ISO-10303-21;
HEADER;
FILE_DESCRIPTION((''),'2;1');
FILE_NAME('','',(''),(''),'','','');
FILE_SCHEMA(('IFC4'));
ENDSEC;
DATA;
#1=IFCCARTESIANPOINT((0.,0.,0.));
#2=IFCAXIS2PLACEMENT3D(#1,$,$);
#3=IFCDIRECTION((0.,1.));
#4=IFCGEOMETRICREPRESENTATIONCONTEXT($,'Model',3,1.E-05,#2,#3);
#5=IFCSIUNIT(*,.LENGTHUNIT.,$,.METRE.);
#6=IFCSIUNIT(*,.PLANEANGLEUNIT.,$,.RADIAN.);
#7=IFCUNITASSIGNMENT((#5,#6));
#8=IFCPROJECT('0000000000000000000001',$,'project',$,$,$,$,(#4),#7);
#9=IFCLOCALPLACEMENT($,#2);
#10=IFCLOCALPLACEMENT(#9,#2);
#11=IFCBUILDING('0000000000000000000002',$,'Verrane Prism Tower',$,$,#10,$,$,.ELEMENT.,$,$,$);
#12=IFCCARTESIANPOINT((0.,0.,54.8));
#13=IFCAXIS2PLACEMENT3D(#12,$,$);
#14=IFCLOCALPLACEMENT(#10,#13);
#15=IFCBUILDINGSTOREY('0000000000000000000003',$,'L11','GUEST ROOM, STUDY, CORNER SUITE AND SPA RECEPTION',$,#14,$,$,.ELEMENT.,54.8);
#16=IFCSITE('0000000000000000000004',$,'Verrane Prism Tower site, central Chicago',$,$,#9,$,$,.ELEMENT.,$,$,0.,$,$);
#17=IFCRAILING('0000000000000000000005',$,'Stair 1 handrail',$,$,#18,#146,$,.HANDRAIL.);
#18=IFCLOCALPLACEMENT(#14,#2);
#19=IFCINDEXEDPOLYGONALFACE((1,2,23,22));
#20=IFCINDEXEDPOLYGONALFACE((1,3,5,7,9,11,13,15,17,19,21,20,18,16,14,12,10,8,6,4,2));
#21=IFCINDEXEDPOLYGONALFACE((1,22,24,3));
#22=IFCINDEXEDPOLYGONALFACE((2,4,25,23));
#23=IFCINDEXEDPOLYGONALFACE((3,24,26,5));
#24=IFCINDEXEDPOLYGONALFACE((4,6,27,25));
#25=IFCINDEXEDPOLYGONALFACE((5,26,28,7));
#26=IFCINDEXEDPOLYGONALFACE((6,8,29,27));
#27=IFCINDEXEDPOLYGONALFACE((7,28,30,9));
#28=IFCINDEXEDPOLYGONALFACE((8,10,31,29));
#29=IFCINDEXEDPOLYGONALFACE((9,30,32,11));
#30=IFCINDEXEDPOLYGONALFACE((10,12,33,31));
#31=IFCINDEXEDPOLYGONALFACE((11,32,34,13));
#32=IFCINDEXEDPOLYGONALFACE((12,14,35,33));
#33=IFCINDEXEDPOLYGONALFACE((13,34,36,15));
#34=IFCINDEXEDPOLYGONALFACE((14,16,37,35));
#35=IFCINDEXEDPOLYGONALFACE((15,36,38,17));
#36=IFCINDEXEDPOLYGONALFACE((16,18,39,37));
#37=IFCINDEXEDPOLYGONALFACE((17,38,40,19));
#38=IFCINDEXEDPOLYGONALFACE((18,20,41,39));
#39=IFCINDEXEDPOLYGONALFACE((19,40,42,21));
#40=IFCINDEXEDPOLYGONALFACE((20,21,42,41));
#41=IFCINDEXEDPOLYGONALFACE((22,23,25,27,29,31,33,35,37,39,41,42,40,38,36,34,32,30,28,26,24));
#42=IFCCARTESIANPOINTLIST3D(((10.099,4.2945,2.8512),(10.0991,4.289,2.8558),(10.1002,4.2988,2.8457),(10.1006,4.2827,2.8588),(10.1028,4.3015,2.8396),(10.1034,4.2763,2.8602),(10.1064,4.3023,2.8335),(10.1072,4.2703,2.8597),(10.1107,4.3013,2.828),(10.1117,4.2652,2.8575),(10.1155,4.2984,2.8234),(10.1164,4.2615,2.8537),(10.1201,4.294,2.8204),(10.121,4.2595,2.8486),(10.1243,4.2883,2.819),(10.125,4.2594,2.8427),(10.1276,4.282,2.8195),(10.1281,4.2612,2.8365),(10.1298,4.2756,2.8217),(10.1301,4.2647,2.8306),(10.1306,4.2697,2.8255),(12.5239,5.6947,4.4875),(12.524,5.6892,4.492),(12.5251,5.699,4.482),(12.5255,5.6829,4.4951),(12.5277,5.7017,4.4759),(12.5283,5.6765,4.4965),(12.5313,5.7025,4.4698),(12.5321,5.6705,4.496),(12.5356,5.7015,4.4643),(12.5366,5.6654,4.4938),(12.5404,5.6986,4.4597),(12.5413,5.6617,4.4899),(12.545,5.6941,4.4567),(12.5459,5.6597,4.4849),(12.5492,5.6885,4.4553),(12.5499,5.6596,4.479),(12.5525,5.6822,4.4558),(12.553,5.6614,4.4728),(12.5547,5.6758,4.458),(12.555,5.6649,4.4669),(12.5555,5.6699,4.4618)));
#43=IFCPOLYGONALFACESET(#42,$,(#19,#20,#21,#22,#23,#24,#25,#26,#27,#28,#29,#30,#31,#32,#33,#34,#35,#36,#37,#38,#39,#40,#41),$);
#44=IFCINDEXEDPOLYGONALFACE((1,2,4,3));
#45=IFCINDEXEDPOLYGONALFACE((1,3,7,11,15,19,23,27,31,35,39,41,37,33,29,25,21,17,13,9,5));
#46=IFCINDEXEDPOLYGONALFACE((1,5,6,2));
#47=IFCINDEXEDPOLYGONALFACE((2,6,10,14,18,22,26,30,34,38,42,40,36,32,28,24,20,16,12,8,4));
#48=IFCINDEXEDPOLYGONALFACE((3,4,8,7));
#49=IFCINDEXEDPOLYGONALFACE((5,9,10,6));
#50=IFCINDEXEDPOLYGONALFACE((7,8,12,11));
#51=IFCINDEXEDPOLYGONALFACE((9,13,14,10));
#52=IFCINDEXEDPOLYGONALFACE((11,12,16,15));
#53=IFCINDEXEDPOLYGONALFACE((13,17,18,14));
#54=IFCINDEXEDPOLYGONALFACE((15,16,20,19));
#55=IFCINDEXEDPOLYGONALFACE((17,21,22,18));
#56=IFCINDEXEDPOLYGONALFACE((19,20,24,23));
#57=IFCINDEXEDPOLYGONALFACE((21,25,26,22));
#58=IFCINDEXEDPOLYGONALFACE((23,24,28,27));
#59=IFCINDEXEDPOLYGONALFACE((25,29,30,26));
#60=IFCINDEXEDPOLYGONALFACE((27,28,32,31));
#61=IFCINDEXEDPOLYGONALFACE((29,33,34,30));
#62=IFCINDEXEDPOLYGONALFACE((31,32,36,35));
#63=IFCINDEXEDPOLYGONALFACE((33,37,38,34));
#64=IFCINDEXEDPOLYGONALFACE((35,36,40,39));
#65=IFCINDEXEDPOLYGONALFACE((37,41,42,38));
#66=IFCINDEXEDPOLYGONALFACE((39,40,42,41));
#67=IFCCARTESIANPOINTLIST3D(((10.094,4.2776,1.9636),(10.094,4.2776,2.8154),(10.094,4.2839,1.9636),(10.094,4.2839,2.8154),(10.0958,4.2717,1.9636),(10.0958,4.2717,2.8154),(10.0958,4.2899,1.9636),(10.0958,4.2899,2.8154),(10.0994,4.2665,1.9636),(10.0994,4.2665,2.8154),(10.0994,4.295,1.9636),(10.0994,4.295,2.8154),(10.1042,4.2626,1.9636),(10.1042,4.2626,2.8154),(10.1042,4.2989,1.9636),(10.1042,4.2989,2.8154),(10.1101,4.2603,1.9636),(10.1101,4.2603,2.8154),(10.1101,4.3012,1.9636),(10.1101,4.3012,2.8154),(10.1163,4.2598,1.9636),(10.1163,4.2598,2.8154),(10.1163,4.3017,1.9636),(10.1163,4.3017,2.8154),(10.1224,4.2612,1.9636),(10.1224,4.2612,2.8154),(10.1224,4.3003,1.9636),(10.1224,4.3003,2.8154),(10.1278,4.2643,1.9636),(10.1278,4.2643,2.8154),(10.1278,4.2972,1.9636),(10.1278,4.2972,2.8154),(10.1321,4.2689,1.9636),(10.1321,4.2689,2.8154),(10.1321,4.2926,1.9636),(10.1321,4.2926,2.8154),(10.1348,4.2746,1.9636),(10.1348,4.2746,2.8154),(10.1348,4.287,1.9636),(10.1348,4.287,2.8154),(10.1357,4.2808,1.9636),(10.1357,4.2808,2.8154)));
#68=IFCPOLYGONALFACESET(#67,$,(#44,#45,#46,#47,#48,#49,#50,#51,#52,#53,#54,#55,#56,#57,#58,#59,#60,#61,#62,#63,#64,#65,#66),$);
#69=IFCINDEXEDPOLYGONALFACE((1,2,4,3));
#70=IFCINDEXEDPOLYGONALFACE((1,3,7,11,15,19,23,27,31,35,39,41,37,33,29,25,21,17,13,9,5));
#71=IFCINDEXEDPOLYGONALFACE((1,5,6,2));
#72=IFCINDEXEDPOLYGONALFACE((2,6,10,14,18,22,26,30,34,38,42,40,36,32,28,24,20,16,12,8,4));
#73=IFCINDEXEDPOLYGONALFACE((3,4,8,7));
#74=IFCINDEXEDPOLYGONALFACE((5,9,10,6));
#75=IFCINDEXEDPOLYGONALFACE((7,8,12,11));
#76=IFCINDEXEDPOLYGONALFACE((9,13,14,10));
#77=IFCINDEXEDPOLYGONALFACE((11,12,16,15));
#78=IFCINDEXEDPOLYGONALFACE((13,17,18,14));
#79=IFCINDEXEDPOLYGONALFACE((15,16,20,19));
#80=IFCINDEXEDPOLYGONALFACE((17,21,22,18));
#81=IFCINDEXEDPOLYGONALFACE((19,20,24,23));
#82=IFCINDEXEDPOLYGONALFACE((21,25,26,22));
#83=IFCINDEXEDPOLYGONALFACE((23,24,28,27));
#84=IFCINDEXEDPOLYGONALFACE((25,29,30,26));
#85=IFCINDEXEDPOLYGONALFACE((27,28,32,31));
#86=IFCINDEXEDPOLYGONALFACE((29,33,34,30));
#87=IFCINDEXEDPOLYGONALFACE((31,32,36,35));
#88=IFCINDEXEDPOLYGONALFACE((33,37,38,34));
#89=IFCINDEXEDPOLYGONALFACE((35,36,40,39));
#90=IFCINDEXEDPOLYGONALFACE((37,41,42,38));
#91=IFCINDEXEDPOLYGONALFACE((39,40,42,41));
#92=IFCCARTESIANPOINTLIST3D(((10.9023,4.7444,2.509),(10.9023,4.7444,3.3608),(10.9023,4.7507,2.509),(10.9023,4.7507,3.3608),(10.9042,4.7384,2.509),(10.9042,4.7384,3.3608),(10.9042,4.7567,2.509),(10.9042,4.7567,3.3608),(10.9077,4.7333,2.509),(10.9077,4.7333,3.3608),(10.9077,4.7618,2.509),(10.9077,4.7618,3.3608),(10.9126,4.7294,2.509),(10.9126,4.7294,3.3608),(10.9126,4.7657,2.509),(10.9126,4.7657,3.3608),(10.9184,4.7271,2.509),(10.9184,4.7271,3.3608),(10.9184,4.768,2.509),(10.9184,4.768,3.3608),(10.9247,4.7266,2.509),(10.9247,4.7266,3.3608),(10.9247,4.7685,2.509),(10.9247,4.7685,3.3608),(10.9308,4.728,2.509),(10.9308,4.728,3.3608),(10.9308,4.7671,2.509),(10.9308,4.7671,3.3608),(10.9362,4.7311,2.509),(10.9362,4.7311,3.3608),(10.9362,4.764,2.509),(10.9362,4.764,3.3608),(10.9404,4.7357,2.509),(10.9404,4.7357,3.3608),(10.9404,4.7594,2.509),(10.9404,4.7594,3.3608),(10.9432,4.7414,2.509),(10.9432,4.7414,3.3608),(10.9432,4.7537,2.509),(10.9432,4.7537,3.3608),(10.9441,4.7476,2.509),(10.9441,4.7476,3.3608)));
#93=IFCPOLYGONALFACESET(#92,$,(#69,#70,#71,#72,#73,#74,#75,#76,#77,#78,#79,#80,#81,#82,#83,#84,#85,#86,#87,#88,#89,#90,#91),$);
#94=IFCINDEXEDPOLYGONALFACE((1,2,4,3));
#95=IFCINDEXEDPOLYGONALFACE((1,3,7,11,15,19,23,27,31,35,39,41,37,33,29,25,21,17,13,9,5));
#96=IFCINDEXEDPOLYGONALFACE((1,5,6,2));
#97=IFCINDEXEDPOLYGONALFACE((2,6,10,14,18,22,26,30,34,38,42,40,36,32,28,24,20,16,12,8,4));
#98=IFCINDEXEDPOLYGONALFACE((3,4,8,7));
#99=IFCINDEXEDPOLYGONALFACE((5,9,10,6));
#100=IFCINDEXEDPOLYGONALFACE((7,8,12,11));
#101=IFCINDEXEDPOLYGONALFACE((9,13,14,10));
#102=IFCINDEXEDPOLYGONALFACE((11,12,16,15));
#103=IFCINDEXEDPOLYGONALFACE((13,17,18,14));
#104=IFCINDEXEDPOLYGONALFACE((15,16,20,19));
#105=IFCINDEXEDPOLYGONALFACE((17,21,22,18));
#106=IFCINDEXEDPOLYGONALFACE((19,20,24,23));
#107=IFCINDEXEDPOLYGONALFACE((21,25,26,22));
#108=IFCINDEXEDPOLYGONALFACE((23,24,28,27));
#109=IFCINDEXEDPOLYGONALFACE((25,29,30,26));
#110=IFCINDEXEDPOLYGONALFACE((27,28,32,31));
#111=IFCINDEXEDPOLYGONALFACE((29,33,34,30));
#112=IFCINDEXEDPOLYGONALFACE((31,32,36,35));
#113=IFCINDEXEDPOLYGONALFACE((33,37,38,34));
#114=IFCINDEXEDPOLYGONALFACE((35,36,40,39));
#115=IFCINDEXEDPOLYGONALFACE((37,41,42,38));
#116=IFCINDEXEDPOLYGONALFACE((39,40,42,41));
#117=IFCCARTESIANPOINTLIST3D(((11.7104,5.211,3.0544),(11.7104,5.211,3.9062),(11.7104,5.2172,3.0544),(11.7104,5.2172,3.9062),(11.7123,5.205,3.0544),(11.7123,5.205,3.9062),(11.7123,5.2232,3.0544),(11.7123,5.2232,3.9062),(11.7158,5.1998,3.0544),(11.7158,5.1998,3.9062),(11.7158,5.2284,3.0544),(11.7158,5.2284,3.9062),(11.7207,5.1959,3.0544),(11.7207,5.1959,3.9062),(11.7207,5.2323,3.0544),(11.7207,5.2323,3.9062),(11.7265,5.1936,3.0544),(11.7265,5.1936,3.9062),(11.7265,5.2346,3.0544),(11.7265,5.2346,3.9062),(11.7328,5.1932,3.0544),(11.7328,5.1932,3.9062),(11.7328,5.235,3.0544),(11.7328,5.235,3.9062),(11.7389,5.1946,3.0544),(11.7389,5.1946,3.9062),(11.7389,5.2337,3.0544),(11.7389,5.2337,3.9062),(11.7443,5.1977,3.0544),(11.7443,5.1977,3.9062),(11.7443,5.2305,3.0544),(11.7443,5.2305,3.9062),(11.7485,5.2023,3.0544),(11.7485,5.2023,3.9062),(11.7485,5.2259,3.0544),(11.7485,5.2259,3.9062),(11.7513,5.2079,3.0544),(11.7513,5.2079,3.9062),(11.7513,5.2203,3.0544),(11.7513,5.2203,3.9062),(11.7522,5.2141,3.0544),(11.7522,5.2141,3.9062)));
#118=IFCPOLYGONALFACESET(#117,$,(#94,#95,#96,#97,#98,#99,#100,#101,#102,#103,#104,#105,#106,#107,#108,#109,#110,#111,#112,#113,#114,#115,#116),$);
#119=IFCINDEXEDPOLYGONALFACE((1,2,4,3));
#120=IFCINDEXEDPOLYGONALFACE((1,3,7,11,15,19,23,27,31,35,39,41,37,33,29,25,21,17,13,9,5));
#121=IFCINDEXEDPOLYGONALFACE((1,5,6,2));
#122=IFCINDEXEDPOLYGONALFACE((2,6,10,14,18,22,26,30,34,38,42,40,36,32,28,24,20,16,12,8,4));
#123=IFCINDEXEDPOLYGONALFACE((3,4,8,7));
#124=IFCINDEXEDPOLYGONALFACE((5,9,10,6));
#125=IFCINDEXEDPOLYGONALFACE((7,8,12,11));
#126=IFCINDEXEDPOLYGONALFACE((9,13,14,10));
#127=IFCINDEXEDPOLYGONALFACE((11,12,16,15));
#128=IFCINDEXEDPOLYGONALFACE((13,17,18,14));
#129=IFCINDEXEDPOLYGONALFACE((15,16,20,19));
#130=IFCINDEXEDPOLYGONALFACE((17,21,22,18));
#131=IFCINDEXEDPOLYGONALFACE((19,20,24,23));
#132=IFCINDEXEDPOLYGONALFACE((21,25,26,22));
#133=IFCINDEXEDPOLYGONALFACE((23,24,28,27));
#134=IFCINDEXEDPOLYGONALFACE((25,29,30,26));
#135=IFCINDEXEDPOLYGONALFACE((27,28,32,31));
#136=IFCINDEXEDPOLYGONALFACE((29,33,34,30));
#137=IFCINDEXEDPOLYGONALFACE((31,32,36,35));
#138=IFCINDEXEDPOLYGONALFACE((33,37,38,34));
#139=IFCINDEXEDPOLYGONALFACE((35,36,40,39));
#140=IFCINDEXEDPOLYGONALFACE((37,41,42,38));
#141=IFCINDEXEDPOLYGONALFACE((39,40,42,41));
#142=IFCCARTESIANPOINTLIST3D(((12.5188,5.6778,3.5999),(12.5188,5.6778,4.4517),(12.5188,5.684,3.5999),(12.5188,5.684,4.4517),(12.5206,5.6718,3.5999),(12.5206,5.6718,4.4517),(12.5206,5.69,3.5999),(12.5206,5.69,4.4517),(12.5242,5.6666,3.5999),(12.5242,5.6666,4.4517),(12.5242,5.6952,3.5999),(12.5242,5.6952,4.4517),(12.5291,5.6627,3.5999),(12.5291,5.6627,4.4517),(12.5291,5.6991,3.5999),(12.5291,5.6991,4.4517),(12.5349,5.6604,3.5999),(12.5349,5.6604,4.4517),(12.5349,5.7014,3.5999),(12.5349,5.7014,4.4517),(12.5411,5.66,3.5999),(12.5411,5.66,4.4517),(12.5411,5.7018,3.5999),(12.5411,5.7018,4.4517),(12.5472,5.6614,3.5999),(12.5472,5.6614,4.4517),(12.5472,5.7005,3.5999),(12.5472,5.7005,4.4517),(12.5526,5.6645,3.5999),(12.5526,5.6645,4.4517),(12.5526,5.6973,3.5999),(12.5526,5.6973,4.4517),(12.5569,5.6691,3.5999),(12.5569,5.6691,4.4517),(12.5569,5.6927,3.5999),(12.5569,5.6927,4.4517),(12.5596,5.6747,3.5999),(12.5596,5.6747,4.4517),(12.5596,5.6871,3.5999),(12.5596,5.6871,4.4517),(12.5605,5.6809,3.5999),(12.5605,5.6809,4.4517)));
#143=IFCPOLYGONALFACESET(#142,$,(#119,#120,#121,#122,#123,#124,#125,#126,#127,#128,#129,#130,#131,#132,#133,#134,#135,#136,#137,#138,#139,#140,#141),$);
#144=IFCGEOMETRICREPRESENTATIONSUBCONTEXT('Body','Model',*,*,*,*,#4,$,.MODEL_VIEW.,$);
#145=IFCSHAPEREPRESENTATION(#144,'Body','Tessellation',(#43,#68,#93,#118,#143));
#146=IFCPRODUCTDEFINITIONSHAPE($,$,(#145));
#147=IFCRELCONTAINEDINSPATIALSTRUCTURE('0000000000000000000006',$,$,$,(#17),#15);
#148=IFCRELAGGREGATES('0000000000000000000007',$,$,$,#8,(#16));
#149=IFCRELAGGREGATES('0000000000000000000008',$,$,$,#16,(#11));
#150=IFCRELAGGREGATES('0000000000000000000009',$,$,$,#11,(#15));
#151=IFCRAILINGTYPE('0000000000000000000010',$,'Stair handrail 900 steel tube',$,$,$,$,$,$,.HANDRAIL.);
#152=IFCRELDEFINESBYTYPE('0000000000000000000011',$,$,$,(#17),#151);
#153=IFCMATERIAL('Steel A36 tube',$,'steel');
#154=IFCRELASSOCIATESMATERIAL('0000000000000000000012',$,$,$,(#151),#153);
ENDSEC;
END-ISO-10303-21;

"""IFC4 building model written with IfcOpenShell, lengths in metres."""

from ifc_helpers import new_model, si_unit, direction, frame, origin, origin_2d, place, context, subcontext, project, spatial, circle, extrude, material, type_object, element, save


model = new_model("IFC4")

# Units and contexts
model_context = context("Model", 3, precision=1e-05, world=origin(), true_north=direction((0.0, 1.0)))
body_context = subcontext(model_context, "Body", "Model", "MODEL_VIEW")
ifc_project = project(units=[si_unit("LENGTHUNIT", "METRE"), si_unit("PLANEANGLEUNIT", "RADIAN")], contexts=[model_context])

# Site, building, storey
site_placement = place(None, origin())
site = spatial("IfcSite", under=ifc_project, at=site_placement, Name="Verrane Prism Tower site, central Chicago", CompositionType="ELEMENT", RefElevation=0.0)
building_placement = place(site_placement, origin())
building = spatial("IfcBuilding", under=site, at=building_placement, Name="Verrane Prism Tower", CompositionType="ELEMENT")
storey_placement = place(building_placement, frame((0.0, 0.0, 54.8)))
storey = spatial("IfcBuildingStorey", under=building, at=storey_placement, Name="L11", Description="GUEST ROOM, STUDY, CORNER SUITE AND SPA RECEPTION", CompositionType="ELEMENT", Elevation=54.8)

# Railing
ifc_material_1 = material(Name="Steel A36 tube", Category="steel")
railing_type_1 = type_object("IfcRailingType", Name="Stair handrail 900 steel tube", PredefinedType="HANDRAIL", material=ifc_material_1)
railing_1_placement = place(storey_placement, frame((10.1147, 4.2808, 1.9636)))
element("IfcRailing", 1, at=railing_1_placement, inside=storey, type_object=railing_type_1, Name="Stair 1 handrail", PredefinedType="HANDRAIL", context=body_context, shape_type="SweptSolid", body=[
    extrude(circle(Radius=0.0239, at=origin_2d()), frame((0.0, 0.0, 0.876), z_axis=(0.747694, 0.431738, 0.504535), x_axis=(-0.50005, 0.865997, 0.0)), (0.0, 0.0, 1.0), 3.2432),
    extrude(circle(Radius=0.021, at=origin_2d()), origin(), (0.0, 0.0, 1.0), 0.8518),
    extrude(circle(Radius=0.021, at=origin_2d()), frame((0.8083, 0.4668, 0.5454)), (0.0, 0.0, 1.0), 0.8518),
    extrude(circle(Radius=0.021, at=origin_2d()), frame((1.6165, 0.9333, 1.0908)), (0.0, 0.0, 1.0), 0.8518),
    extrude(circle(Radius=0.021, at=origin_2d()), frame((2.4248, 1.4001, 1.6362)), (0.0, 0.0, 1.0), 0.8518),
])

save(model, "model.ifc")
